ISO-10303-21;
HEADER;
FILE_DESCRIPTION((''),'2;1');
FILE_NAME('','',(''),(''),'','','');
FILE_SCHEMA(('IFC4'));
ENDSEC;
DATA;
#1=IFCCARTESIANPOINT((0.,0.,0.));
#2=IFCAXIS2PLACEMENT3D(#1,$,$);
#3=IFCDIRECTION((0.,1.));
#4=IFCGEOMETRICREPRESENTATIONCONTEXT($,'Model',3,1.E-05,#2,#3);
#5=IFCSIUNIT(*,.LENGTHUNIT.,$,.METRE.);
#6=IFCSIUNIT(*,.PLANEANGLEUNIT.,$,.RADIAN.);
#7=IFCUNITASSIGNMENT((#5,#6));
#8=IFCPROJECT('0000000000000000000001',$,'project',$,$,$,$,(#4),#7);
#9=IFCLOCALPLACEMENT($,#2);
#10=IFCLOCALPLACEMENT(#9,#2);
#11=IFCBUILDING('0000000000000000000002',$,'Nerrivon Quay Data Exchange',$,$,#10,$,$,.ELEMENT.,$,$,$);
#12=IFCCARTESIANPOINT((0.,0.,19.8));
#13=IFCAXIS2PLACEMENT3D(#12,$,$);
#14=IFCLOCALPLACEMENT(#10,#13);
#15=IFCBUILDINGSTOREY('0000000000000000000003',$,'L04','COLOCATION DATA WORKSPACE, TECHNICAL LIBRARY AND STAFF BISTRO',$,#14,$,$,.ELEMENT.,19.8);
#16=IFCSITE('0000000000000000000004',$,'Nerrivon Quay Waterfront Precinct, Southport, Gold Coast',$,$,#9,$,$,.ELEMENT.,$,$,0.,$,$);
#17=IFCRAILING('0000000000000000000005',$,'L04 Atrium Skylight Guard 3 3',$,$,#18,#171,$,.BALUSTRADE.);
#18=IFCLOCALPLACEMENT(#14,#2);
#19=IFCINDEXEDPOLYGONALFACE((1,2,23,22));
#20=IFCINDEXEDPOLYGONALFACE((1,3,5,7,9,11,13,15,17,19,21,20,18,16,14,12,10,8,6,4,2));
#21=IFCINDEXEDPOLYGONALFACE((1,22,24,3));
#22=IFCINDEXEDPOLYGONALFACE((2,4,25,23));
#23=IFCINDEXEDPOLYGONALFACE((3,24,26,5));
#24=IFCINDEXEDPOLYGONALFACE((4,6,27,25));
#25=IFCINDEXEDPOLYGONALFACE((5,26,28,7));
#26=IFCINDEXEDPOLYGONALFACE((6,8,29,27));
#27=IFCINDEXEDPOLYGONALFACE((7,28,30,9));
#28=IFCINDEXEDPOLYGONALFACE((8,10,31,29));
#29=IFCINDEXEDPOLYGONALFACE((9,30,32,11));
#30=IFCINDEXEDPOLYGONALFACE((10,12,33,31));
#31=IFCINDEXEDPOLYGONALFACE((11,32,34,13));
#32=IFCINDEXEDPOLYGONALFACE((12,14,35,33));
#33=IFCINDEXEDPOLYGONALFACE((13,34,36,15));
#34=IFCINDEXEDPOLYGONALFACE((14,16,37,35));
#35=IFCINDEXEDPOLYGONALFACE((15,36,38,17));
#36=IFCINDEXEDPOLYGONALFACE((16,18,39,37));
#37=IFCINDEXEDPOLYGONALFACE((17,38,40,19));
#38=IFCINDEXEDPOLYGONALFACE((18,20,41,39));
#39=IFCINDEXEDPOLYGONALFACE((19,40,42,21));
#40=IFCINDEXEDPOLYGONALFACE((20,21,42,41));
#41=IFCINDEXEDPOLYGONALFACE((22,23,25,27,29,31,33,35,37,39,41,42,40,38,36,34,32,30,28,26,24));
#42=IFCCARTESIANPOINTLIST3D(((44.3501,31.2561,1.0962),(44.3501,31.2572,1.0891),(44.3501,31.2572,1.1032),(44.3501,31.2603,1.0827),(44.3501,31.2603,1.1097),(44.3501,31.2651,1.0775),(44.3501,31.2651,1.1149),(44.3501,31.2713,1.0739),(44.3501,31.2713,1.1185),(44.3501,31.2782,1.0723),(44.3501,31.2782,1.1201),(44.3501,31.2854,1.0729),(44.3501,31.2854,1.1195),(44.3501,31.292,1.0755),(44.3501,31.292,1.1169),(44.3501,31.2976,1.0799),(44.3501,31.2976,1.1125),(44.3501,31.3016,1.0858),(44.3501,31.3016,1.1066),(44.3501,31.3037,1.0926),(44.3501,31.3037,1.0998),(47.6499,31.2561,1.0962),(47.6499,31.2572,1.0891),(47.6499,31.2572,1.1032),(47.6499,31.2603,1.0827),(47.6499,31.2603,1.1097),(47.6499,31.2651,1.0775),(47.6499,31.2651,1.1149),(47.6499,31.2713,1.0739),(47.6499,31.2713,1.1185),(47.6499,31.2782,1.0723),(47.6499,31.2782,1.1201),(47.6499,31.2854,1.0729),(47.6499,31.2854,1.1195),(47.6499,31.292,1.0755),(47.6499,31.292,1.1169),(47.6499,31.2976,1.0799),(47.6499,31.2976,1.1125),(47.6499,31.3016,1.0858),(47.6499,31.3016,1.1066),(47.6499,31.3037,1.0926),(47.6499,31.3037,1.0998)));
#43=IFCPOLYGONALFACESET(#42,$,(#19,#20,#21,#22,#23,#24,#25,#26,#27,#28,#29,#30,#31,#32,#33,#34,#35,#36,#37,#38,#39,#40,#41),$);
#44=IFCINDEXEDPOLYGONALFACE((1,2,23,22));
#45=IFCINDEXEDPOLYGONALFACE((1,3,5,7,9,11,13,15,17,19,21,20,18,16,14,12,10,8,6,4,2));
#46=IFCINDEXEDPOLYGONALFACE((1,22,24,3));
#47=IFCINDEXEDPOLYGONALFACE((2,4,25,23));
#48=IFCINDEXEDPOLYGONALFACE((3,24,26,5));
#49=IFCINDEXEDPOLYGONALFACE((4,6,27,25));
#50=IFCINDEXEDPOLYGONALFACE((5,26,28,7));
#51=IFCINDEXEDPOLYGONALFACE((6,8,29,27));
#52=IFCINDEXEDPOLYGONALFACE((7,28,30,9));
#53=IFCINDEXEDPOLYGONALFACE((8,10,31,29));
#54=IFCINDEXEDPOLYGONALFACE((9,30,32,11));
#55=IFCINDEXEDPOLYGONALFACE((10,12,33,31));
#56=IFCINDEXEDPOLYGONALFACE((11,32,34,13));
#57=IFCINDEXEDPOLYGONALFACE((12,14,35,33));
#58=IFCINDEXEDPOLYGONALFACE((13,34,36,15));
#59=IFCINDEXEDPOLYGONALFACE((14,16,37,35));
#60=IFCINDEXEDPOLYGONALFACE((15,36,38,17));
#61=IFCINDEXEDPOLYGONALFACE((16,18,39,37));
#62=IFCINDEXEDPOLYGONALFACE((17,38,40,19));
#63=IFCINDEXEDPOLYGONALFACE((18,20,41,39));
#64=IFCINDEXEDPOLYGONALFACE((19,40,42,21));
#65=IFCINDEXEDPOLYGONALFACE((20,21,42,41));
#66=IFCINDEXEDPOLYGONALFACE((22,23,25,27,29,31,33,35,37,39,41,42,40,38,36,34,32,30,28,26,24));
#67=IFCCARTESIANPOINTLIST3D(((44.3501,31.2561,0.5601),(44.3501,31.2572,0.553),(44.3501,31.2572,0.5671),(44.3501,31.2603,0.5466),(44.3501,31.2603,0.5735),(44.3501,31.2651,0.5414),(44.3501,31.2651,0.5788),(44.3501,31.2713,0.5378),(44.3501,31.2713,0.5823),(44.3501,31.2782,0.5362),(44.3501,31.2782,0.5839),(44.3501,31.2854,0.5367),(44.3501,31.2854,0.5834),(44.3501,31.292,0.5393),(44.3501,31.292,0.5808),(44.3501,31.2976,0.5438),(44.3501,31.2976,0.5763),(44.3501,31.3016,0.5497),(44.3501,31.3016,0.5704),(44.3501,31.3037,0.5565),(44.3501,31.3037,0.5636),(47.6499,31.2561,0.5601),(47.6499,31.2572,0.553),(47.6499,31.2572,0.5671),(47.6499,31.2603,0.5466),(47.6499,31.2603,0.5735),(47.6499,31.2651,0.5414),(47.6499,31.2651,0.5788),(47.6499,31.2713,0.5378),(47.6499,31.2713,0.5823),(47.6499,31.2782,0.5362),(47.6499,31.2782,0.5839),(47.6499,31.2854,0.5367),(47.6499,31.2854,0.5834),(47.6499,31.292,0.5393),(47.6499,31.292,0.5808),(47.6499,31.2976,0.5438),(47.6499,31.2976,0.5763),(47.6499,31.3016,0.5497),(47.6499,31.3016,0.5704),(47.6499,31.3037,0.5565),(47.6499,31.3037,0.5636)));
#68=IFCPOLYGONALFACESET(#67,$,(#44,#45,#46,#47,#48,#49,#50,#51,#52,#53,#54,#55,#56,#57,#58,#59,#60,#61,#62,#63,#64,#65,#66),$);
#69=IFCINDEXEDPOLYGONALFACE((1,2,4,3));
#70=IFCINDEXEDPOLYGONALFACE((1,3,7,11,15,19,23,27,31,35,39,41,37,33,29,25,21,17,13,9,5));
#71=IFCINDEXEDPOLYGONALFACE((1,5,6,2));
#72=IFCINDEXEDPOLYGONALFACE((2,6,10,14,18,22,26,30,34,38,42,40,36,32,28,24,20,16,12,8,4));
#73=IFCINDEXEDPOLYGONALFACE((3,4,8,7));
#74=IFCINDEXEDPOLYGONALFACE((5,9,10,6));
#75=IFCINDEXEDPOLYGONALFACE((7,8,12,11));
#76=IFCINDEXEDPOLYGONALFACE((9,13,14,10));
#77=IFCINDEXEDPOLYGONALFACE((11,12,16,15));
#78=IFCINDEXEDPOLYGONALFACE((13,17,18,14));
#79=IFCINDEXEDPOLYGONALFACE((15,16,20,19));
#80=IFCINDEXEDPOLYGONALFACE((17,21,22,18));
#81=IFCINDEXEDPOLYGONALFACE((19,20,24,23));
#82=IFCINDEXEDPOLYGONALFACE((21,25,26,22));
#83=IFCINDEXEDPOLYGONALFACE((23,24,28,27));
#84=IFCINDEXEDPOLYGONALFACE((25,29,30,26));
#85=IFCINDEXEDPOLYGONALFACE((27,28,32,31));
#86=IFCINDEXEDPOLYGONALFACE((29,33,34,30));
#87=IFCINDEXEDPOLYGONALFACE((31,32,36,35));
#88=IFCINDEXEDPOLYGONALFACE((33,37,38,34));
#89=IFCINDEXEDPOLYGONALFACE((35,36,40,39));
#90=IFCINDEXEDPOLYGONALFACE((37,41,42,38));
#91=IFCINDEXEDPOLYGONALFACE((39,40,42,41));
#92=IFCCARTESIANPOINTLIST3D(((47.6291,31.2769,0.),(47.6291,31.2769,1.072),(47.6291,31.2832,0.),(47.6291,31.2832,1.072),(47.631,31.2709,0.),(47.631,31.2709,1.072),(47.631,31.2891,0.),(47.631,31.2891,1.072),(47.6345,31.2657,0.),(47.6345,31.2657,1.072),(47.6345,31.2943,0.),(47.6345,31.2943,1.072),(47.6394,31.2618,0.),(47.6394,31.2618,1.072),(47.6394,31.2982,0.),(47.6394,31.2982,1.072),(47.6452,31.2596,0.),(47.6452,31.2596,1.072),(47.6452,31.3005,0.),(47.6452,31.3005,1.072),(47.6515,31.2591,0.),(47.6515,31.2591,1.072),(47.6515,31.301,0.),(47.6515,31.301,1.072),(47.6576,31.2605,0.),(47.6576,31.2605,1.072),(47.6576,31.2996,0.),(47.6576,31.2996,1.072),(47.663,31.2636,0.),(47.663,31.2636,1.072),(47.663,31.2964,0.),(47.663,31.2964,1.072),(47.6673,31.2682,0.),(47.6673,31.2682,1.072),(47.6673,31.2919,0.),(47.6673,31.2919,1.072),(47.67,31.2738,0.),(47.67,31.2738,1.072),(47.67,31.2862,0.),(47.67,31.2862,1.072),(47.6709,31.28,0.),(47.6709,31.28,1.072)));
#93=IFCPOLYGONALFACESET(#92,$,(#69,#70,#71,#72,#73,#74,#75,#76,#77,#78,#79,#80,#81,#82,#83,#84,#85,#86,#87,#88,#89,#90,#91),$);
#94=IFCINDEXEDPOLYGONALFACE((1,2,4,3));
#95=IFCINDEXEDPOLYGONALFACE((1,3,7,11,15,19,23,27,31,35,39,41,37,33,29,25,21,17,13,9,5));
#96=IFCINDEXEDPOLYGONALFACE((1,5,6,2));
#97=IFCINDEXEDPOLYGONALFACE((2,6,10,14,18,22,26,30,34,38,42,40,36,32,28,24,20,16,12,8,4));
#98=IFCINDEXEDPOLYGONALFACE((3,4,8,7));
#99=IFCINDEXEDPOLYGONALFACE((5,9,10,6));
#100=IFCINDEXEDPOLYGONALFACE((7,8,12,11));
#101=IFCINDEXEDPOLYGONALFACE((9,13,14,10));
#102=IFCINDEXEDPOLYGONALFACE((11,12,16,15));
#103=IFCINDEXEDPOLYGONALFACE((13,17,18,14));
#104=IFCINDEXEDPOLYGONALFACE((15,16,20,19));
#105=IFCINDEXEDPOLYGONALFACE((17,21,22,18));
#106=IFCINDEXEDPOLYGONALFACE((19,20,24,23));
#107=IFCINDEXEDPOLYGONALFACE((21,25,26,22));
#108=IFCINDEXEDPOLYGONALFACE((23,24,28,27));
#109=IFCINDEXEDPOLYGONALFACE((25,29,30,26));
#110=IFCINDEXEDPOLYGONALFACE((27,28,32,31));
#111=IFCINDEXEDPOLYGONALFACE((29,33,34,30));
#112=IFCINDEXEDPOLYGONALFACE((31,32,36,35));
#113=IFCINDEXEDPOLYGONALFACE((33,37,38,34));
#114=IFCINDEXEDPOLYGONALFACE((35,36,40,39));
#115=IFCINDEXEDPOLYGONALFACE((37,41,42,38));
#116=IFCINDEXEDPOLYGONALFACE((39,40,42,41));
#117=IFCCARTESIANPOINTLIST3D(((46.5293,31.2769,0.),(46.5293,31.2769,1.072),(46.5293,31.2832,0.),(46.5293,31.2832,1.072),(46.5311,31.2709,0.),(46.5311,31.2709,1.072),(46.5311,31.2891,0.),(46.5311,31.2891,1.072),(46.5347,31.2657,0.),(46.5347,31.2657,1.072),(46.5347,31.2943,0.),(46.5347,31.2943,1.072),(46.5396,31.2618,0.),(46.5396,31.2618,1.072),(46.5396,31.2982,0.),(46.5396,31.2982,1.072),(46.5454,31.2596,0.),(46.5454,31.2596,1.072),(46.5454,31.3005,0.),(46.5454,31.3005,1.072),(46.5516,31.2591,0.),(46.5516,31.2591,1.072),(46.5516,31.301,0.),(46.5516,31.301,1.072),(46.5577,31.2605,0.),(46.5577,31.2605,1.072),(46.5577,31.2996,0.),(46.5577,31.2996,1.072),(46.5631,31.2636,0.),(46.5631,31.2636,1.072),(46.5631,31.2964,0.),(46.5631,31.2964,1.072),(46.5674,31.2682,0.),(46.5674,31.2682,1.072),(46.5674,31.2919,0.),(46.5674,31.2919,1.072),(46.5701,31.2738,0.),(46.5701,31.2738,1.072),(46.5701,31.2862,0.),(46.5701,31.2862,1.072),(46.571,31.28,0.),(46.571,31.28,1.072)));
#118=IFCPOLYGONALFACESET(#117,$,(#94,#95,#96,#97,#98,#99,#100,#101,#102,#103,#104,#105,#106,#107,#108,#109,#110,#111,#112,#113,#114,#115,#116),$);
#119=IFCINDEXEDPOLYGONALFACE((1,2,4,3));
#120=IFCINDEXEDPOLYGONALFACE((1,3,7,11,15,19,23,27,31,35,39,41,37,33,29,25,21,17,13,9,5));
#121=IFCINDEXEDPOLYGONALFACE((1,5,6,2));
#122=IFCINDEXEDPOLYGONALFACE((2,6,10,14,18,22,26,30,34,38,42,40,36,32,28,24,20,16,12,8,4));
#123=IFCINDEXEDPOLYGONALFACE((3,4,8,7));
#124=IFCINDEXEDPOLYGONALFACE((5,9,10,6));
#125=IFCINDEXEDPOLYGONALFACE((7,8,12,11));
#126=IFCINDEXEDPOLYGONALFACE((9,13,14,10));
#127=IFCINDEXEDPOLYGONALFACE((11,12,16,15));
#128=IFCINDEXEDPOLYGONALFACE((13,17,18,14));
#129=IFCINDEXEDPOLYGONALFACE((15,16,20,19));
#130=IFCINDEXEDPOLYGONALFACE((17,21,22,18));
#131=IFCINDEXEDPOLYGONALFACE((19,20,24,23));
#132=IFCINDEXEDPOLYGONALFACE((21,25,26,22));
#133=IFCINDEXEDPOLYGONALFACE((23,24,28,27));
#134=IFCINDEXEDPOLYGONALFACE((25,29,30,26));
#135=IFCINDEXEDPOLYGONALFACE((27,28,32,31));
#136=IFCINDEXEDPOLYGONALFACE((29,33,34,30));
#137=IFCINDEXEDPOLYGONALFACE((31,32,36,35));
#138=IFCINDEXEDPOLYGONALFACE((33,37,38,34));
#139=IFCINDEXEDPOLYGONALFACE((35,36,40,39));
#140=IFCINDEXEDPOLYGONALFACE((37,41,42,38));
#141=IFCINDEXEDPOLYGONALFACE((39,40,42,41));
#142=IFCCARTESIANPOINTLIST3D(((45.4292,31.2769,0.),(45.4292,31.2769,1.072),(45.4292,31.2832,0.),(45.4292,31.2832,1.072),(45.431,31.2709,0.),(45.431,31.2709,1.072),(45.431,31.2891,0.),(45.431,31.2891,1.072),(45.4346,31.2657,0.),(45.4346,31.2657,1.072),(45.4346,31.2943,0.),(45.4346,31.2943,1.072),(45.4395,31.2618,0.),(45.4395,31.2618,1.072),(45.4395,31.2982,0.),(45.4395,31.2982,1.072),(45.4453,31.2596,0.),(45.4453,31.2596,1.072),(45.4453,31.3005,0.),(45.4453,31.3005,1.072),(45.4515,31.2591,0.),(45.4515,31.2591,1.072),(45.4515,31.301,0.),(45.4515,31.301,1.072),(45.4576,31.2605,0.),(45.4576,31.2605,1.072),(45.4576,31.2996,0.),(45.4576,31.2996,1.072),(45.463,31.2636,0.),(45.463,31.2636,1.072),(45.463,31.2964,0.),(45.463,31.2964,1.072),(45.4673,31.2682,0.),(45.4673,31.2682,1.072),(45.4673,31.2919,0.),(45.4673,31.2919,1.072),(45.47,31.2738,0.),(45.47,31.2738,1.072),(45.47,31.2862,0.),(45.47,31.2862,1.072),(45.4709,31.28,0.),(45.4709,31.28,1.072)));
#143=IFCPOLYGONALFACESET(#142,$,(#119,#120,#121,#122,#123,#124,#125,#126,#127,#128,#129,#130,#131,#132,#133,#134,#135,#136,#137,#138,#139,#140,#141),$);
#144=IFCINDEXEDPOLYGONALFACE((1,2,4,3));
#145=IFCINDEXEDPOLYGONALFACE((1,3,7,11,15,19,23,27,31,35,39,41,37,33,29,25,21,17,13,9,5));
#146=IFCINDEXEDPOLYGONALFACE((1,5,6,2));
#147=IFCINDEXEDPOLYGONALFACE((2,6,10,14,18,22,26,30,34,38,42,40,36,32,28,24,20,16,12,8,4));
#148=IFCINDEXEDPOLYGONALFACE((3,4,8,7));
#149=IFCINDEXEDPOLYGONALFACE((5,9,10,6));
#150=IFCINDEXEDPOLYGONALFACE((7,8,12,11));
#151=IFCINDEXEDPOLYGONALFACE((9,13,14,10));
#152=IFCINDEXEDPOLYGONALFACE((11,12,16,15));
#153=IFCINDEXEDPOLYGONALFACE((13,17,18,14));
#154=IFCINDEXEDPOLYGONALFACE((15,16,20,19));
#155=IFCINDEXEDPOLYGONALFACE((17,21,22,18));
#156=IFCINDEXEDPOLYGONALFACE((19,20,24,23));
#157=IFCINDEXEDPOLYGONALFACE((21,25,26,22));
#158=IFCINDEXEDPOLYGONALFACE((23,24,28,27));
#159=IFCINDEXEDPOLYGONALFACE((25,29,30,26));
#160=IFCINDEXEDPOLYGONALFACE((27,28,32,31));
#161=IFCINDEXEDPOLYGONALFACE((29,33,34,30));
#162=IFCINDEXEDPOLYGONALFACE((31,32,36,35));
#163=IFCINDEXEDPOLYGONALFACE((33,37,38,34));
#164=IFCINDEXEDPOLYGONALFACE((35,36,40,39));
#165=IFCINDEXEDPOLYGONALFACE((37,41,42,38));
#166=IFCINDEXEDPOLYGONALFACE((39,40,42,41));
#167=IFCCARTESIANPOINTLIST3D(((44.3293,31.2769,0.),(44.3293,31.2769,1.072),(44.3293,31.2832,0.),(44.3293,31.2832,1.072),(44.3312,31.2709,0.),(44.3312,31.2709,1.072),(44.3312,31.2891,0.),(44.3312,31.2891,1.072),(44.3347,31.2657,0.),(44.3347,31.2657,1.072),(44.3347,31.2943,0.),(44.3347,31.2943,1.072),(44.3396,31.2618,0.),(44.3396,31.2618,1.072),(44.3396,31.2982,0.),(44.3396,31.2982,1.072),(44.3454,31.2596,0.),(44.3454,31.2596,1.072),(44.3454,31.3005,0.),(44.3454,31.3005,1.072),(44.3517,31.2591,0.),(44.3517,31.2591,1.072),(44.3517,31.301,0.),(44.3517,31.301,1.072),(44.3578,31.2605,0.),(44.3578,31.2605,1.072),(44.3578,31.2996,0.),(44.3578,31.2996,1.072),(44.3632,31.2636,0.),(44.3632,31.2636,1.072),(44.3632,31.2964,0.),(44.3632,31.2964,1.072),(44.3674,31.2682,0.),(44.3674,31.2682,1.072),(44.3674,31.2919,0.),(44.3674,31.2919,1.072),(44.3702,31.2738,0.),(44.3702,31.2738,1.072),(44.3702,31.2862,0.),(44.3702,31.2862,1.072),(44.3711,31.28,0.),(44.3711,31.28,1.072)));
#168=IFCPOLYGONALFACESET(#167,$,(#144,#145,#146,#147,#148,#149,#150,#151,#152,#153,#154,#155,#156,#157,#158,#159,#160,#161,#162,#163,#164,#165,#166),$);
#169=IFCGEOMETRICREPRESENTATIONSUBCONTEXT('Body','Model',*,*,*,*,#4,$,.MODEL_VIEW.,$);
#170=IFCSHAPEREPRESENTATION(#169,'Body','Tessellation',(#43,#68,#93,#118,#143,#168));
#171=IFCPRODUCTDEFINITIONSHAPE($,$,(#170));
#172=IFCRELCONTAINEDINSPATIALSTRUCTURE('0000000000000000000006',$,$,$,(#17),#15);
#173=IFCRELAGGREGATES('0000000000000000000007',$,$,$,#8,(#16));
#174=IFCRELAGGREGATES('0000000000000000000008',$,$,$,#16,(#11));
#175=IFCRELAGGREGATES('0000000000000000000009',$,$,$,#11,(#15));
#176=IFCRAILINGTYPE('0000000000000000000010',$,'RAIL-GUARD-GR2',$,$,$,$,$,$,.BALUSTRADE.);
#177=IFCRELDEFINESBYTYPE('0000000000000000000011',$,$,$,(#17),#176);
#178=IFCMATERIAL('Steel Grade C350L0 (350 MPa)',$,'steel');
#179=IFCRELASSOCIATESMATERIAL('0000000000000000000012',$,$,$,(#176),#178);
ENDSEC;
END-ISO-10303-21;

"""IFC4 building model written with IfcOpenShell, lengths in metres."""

from ifc_helpers import new_model, si_unit, direction, frame, origin, origin_2d, place, context, subcontext, project, spatial, circle, extrude, material, type_object, element, save


model = new_model("IFC4")

# Units and contexts
model_context = context("Model", 3, precision=1e-05, world=origin(), true_north=direction((0.0, 1.0)))
body_context = subcontext(model_context, "Body", "Model", "MODEL_VIEW")
ifc_project = project(units=[si_unit("LENGTHUNIT", "METRE"), si_unit("PLANEANGLEUNIT", "RADIAN")], contexts=[model_context])

# Site, building, storey
site_placement = place(None, origin())
site = spatial("IfcSite", under=ifc_project, at=site_placement, Name="Nerrivon Quay Waterfront Precinct, Southport, Gold Coast", CompositionType="ELEMENT", RefElevation=0.0)
building_placement = place(site_placement, origin())
building = spatial("IfcBuilding", under=site, at=building_placement, Name="Nerrivon Quay Data Exchange", CompositionType="ELEMENT")
storey_placement = place(building_placement, frame((0.0, 0.0, 19.8)))
storey = spatial("IfcBuildingStorey", under=building, at=storey_placement, Name="L04", Description="COLOCATION DATA WORKSPACE, TECHNICAL LIBRARY AND STAFF BISTRO", CompositionType="ELEMENT", Elevation=19.8)

# Railing
ifc_material_1 = material(Name="Steel Grade C350L0 (350 MPa)", Category="steel")
railing_type = type_object("IfcRailingType", Name="RAIL-GUARD-GR2", PredefinedType="BALUSTRADE", material=ifc_material_1)
railing_1_placement = place(storey_placement, frame((47.6499, 31.28, 0.0)))
element("IfcRailing", 1, at=railing_1_placement, inside=storey, type_object=railing_type, Name="L04 Atrium Skylight Guard 3 3", PredefinedType="BALUSTRADE", context=body_context, shape_type="SweptSolid", body=[
    extrude(circle(Radius=0.0239, at=origin_2d()), frame((0.0, 0.0, 1.0962), z_axis=(-1.0, 0.0, 0.0), x_axis=(0.0, -1.0, 0.0)), (0.0, 0.0, 1.0), 3.2998),
    extrude(circle(Radius=0.0239, at=origin_2d()), frame((0.0, 0.0, 0.5601), z_axis=(-1.0, 0.0, 0.0), x_axis=(0.0, -1.0, 0.0)), (0.0, 0.0, 1.0), 3.2998),
    extrude(circle(Radius=0.021, at=origin_2d()), origin(), (0.0, 0.0, 1.0), 1.072),
    extrude(circle(Radius=0.021, at=origin_2d()), frame((-1.0999, 0.0, 0.0)), (0.0, 0.0, 1.0), 1.072),
    extrude(circle(Radius=0.021, at=origin_2d()), frame((-2.2, 0.0, 0.0)), (0.0, 0.0, 1.0), 1.072),
    extrude(circle(Radius=0.021, at=origin_2d()), frame((-3.2998, 0.0, 0.0)), (0.0, 0.0, 1.0), 1.072),
])

save(model, "model.ifc")
